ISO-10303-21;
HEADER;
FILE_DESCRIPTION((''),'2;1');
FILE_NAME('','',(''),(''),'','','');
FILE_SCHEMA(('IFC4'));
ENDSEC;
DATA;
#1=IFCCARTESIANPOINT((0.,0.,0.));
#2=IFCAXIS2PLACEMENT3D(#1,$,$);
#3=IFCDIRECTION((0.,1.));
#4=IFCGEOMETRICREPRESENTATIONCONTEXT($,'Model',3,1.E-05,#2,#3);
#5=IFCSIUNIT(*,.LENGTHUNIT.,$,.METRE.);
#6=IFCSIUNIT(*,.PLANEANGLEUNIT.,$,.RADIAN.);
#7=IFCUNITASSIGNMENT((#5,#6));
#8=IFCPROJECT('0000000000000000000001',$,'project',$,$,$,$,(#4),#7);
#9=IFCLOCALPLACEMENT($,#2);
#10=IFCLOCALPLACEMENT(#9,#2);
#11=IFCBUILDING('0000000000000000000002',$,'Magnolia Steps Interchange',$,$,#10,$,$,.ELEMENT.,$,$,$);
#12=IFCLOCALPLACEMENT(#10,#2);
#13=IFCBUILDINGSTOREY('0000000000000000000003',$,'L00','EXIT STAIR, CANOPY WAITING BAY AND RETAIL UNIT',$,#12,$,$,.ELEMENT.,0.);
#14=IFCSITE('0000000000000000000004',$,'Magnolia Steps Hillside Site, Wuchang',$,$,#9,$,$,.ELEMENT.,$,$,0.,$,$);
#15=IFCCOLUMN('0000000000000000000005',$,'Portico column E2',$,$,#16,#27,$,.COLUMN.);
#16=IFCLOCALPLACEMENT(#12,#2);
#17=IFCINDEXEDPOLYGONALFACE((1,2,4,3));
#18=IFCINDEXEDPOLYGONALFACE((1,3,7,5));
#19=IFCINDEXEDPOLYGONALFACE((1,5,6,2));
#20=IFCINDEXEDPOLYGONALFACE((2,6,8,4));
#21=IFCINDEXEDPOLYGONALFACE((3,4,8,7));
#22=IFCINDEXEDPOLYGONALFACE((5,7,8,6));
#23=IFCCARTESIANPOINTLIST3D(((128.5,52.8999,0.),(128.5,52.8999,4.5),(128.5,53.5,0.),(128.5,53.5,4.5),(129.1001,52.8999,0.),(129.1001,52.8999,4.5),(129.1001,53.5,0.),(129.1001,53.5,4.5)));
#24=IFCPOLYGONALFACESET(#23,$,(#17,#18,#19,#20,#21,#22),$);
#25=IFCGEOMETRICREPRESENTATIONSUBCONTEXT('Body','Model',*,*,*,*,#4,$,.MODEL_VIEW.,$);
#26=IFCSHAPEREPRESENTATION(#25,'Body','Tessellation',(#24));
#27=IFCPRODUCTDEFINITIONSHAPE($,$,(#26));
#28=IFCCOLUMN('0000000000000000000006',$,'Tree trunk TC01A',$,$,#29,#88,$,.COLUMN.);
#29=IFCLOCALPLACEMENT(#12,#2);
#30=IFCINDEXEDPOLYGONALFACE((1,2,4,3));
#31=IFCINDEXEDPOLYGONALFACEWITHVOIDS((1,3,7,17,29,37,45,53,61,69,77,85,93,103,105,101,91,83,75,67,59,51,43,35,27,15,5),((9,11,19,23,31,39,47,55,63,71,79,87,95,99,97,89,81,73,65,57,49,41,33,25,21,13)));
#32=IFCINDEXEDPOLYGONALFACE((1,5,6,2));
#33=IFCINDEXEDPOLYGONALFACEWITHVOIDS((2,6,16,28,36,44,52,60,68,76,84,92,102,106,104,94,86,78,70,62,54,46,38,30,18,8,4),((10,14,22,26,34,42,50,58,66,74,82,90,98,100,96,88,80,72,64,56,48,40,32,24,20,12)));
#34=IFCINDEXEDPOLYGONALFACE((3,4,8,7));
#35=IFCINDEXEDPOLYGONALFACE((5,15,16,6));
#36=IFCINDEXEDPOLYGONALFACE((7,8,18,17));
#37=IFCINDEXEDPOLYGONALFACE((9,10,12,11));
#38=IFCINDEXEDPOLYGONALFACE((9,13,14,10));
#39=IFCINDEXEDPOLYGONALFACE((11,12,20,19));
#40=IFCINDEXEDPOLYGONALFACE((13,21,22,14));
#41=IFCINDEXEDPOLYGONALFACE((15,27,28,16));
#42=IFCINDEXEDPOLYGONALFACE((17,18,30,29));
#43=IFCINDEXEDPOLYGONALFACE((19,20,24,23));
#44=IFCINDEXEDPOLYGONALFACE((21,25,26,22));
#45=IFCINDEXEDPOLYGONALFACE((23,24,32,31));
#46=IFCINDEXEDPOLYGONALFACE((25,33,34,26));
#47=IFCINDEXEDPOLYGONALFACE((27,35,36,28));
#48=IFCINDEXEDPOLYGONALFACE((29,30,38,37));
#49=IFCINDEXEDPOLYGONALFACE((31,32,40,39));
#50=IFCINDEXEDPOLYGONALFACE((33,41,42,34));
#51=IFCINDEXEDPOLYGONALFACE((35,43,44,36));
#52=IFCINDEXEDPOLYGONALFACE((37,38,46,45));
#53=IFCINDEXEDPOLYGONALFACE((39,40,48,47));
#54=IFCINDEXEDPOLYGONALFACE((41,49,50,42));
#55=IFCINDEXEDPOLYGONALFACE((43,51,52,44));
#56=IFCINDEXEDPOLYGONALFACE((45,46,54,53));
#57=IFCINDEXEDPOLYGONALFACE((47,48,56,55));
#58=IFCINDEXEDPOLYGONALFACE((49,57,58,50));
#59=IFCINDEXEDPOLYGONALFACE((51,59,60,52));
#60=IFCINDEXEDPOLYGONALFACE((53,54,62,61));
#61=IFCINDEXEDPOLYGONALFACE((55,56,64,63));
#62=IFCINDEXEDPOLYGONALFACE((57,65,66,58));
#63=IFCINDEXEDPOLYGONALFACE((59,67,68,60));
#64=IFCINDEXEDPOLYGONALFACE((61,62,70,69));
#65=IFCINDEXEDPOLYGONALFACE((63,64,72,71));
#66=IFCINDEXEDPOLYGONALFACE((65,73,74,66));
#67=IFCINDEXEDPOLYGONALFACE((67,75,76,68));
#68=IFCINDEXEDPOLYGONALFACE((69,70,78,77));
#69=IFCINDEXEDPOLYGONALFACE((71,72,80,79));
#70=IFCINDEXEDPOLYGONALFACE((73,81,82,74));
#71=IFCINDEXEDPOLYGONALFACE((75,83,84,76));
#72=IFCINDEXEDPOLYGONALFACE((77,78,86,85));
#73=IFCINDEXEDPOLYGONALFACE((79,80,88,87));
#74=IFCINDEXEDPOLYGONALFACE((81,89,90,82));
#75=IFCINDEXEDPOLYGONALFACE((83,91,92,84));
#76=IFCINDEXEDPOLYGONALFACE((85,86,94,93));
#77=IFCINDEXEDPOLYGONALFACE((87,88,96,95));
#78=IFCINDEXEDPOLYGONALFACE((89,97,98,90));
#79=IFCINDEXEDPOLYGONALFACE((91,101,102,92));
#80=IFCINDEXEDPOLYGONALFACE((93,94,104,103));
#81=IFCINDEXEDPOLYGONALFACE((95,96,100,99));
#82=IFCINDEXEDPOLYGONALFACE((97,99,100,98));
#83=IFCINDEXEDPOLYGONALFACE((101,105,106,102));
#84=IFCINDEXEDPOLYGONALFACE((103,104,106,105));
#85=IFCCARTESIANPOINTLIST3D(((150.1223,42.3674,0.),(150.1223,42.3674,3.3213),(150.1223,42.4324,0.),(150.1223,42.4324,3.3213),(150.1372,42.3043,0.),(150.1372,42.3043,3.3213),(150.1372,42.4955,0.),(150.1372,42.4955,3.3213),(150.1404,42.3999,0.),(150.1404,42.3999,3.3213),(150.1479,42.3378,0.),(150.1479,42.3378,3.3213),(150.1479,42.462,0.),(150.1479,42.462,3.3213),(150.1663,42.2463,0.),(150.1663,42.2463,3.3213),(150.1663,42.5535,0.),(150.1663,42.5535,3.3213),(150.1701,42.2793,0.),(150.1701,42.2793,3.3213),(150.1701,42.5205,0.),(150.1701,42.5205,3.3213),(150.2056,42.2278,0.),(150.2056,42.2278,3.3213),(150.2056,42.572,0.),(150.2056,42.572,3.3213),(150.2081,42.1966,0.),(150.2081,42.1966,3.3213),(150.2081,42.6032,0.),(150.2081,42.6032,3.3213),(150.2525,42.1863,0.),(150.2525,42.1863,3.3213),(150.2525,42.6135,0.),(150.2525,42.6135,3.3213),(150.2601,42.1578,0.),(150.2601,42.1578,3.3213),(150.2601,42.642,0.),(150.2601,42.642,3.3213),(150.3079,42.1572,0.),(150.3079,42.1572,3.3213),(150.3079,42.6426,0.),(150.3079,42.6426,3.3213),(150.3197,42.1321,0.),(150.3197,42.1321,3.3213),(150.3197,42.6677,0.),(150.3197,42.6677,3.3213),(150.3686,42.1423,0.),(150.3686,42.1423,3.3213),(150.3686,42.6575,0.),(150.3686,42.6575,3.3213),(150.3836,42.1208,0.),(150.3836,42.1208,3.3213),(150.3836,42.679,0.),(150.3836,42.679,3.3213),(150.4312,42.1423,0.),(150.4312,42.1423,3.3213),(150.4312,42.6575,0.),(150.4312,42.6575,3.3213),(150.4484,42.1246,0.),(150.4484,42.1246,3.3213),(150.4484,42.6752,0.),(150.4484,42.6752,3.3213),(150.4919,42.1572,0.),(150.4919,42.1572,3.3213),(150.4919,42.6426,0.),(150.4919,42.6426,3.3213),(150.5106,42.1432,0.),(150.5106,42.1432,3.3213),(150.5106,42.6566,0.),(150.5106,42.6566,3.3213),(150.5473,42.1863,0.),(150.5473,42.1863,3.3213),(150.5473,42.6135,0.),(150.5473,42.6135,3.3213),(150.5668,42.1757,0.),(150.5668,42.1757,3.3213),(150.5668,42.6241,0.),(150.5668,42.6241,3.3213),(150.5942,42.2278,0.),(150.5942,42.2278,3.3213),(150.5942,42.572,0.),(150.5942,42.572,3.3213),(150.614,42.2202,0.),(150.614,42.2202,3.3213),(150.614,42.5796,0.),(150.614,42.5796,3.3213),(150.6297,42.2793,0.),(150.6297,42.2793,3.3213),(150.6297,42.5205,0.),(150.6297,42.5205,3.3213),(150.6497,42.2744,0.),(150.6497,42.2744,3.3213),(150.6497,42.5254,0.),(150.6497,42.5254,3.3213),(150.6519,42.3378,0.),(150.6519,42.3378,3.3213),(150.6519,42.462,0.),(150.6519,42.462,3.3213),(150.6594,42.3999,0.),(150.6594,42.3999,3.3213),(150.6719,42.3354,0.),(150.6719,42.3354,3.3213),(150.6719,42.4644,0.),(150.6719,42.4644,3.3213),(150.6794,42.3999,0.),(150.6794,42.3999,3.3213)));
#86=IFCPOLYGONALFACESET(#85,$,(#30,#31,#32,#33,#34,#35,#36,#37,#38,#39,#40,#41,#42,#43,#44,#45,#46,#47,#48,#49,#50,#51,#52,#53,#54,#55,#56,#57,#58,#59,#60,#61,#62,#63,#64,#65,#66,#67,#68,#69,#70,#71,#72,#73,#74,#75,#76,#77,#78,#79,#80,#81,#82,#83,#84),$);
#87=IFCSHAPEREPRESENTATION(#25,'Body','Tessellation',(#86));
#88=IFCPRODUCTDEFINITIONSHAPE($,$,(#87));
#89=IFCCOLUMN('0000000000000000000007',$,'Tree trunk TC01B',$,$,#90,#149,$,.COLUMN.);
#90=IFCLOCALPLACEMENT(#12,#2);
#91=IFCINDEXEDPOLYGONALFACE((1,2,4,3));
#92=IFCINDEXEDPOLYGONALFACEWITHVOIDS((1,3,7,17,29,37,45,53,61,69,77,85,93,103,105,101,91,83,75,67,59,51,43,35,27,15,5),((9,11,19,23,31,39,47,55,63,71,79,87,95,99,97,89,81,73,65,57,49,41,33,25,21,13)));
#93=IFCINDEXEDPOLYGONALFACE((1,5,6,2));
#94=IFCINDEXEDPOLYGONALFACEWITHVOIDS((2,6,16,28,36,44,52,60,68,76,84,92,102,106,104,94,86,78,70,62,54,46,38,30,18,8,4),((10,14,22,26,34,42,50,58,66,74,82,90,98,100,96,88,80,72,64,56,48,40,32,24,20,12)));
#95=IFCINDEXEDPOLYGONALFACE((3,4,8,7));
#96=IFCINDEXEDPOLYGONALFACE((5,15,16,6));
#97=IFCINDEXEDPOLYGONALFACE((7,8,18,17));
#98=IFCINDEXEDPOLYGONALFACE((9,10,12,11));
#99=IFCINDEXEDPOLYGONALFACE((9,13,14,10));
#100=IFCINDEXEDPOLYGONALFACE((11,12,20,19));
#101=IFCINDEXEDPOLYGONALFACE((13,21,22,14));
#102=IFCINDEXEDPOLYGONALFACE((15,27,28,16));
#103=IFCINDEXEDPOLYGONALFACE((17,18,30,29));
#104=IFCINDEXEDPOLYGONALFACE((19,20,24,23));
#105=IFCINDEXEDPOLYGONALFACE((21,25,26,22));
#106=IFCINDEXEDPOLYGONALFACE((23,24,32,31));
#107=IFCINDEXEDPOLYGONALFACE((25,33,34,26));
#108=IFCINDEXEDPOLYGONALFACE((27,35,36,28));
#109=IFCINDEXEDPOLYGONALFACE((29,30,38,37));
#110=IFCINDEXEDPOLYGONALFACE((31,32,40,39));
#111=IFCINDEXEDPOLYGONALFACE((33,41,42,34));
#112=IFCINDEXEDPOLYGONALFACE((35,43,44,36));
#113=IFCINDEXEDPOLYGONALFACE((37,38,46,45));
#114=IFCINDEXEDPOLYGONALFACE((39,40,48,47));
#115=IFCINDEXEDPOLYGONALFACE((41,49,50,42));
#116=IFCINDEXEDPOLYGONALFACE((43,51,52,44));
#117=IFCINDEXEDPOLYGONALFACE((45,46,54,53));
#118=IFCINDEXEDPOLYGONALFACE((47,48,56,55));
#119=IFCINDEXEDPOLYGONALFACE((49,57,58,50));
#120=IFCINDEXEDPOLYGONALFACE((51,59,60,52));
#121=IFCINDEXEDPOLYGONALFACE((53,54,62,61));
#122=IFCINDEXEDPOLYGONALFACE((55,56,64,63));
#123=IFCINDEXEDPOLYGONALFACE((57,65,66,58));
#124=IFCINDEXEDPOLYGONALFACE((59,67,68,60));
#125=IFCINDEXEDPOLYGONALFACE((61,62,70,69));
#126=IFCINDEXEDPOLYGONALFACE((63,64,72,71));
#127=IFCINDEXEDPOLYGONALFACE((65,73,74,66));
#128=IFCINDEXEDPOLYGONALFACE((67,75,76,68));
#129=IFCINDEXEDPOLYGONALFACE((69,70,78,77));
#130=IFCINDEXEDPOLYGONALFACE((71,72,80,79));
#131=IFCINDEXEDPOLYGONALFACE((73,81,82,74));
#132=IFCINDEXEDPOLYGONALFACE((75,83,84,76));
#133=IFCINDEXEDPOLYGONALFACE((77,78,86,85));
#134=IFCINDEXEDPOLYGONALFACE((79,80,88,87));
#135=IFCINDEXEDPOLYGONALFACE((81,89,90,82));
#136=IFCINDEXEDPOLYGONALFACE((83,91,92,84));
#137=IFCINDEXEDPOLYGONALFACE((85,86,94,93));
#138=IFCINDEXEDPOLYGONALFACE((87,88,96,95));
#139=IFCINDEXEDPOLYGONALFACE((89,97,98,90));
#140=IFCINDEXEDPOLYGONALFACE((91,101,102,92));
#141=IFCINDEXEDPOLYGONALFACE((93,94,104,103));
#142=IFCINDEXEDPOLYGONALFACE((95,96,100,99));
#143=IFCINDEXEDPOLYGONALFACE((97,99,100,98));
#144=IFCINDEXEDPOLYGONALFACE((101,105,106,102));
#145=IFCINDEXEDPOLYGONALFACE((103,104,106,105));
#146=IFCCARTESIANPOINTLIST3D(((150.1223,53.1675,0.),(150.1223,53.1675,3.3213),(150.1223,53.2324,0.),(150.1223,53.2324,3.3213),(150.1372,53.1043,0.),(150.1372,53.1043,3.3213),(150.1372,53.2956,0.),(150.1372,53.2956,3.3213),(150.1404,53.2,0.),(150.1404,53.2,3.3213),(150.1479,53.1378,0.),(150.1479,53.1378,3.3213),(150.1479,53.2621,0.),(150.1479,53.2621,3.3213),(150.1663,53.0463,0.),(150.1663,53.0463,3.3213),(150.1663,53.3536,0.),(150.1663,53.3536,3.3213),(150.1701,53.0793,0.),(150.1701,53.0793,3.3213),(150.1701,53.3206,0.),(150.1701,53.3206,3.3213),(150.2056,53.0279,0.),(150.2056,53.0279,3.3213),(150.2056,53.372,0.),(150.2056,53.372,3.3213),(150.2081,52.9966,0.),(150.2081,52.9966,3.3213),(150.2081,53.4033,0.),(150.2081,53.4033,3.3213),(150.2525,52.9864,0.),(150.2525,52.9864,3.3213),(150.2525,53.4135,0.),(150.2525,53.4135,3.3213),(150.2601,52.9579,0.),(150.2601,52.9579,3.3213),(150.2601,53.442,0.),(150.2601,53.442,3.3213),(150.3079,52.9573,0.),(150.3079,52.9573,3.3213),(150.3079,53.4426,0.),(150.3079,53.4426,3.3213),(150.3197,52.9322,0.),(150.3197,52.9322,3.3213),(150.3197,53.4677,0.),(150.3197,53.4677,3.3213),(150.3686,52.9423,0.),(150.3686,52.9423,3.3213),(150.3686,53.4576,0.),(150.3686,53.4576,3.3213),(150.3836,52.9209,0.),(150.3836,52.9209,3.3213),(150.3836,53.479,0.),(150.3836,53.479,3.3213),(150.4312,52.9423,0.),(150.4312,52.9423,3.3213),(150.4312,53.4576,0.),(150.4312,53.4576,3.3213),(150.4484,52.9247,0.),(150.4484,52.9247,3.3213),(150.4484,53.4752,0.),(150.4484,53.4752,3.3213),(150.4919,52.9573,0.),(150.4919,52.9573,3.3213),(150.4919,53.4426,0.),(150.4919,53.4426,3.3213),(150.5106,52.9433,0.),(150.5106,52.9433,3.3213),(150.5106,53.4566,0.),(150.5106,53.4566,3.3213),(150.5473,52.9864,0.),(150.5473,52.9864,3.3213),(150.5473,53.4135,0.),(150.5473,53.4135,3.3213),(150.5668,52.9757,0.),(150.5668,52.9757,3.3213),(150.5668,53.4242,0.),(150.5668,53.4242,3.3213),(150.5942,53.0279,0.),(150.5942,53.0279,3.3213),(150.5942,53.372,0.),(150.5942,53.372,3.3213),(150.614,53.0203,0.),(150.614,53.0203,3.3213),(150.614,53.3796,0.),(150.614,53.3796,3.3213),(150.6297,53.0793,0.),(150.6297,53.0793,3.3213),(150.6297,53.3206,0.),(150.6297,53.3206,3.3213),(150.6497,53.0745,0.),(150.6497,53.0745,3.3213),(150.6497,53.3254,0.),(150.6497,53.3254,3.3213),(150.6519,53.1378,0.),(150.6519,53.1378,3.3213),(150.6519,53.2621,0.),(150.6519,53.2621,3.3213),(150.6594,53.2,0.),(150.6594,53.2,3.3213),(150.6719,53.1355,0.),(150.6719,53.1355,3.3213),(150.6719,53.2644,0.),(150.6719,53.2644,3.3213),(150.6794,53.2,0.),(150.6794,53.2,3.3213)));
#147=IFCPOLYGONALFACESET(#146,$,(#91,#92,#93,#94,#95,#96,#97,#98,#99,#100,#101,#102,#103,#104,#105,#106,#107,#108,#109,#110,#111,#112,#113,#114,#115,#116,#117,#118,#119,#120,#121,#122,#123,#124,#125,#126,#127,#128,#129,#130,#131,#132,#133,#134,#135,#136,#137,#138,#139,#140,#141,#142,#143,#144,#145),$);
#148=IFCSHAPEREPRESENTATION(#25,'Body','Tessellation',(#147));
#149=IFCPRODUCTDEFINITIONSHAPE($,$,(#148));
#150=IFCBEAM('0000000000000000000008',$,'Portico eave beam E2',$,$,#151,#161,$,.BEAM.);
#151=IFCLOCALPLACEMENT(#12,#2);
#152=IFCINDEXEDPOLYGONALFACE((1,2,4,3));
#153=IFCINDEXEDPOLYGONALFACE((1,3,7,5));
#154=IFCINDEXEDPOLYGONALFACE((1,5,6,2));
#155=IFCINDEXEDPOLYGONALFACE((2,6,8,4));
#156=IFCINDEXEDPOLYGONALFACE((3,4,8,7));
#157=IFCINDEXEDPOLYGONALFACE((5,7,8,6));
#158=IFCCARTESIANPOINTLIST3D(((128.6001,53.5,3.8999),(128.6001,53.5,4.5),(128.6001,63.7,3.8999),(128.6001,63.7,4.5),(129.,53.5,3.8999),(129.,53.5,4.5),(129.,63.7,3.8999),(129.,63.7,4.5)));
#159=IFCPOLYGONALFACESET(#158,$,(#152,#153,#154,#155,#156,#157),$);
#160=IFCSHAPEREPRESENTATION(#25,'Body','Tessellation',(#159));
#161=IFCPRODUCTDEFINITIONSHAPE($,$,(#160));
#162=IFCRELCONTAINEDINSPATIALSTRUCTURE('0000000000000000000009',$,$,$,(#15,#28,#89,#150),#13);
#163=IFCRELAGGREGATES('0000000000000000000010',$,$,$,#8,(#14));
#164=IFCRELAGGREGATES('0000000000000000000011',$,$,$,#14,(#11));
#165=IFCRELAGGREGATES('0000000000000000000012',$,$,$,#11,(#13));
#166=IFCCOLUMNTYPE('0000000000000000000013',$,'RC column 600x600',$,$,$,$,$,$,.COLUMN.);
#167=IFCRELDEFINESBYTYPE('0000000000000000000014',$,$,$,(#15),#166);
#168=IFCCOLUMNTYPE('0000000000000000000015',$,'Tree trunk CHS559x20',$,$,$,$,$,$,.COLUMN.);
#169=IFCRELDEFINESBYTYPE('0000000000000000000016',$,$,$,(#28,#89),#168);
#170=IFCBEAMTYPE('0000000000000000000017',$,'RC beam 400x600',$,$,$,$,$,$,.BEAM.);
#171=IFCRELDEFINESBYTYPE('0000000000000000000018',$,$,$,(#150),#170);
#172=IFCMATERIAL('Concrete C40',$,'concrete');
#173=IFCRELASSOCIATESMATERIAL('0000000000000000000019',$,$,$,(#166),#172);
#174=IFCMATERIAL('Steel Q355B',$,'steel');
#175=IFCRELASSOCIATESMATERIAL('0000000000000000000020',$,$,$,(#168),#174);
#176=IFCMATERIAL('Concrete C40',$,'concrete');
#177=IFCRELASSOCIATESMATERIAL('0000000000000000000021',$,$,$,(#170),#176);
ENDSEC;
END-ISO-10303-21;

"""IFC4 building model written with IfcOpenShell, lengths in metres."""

from ifc_helpers import new_model, si_unit, direction, frame, origin, origin_2d, place, context, subcontext, project, spatial, rectangle, hollow_circle, extrude, material, material_profile, profile_set, type_object, element, save


model = new_model("IFC4")

# Units and contexts
model_context = context("Model", 3, precision=1e-05, world=origin(), true_north=direction((0.0, 1.0)))
body_context = subcontext(model_context, "Body", "Model", "MODEL_VIEW")
ifc_project = project(units=[si_unit("LENGTHUNIT", "METRE"), si_unit("PLANEANGLEUNIT", "RADIAN")], contexts=[model_context])

# Site, building, storey
site_placement = place(None, origin())
site = spatial("IfcSite", under=ifc_project, at=site_placement, Name="Magnolia Steps Hillside Site, Wuchang", CompositionType="ELEMENT", RefElevation=0.0)
building_placement = place(site_placement, origin())
building = spatial("IfcBuilding", under=site, at=building_placement, Name="Magnolia Steps Interchange", CompositionType="ELEMENT")
storey_placement = place(building_placement, origin())
storey = spatial("IfcBuildingStorey", under=building, at=storey_placement, Name="L00", Description="EXIT STAIR, CANOPY WAITING BAY AND RETAIL UNIT", CompositionType="ELEMENT", Elevation=0.0)

# Columns
ifc_material_1 = material(Name="Concrete C40", Category="concrete")
ifc_material_profile_1 = material_profile(ifc_material_1, rectangle(XDim=0.6001, YDim=0.6001, at=origin_2d()), Name="RC600x600")
ifc_profile_set_1 = profile_set([ifc_material_profile_1], Name="Concrete C40")
column_type_1 = type_object("IfcColumnType", Name="RC column 600x600", PredefinedType="COLUMN", material=ifc_profile_set_1)
column_placement = place(storey_placement, frame((128.8, 53.2, 0.0), z_axis=(0.0, 0.0, 1.0), x_axis=(1.0, 0.0, 0.0)))
element("IfcColumn", 1, at=column_placement, inside=storey, type_object=column_type_1, Name="Portico column E2", PredefinedType="COLUMN", context=body_context, shape_type="SweptSolid", body=[
    extrude(rectangle(XDim=0.6001, YDim=0.6001, at=origin_2d()), origin(), (0.0, 0.0, 1.0), 4.5),
])
ifc_material_2 = material(Name="Steel Q355B", Category="steel")
ifc_material_profile_2 = material_profile(ifc_material_2, hollow_circle(Radius=0.2795, WallThickness=0.02, at=origin_2d()), Name="CHS559x20")
ifc_profile_set_2 = profile_set([ifc_material_profile_2], Name="Steel Q355B")
column_type_2 = type_object("IfcColumnType", Name="Tree trunk CHS559x20", PredefinedType="COLUMN", material=ifc_profile_set_2)
for number, where, z_axis, x_axis, name in (
    (2, (150.3999, 42.3999, 0.0), (0.0, 0.0, 1.0), (1.0, 0.0, 0.0), "Tree trunk TC01A"),
    (3, (150.3999, 53.2, 0.0), (0.0, 0.0, 1.0), (1.0, 0.0, 0.0), "Tree trunk TC01B"),
):
    element("IfcColumn", number, at=place(storey_placement, frame(where, z_axis=z_axis, x_axis=x_axis)), inside=storey, type_object=column_type_2, Name=name, PredefinedType="COLUMN", context=body_context, shape_type="SweptSolid", body=[
        extrude(hollow_circle(Radius=0.2795, WallThickness=0.02, at=origin_2d()), origin(), (0.0, 0.0, 1.0), 3.3213),
    ])

# Beam
ifc_material_3 = material(Name="Concrete C40", Category="concrete")
ifc_material_profile_3 = material_profile(ifc_material_3, rectangle(XDim=0.3999, YDim=0.6001, at=origin_2d()), Name="RC400x600")
ifc_profile_set_3 = profile_set([ifc_material_profile_3], Name="Concrete C40")
beam_type = type_object("IfcBeamType", Name="RC beam 400x600", PredefinedType="BEAM", material=ifc_profile_set_3)
beam_placement = place(storey_placement, frame((128.8, 53.5, 4.2), z_axis=(0.0, 1.0, 0.0), x_axis=(-1.0, 0.0, 0.0)))
element("IfcBeam", 4, at=beam_placement, inside=storey, type_object=beam_type, Name="Portico eave beam E2", PredefinedType="BEAM", context=body_context, shape_type="SweptSolid", body=[
    extrude(rectangle(XDim=0.3999, YDim=0.6001, at=origin_2d()), origin(), (0.0, 0.0, 1.0), 10.2),
])

save(model, "model.ifc")
